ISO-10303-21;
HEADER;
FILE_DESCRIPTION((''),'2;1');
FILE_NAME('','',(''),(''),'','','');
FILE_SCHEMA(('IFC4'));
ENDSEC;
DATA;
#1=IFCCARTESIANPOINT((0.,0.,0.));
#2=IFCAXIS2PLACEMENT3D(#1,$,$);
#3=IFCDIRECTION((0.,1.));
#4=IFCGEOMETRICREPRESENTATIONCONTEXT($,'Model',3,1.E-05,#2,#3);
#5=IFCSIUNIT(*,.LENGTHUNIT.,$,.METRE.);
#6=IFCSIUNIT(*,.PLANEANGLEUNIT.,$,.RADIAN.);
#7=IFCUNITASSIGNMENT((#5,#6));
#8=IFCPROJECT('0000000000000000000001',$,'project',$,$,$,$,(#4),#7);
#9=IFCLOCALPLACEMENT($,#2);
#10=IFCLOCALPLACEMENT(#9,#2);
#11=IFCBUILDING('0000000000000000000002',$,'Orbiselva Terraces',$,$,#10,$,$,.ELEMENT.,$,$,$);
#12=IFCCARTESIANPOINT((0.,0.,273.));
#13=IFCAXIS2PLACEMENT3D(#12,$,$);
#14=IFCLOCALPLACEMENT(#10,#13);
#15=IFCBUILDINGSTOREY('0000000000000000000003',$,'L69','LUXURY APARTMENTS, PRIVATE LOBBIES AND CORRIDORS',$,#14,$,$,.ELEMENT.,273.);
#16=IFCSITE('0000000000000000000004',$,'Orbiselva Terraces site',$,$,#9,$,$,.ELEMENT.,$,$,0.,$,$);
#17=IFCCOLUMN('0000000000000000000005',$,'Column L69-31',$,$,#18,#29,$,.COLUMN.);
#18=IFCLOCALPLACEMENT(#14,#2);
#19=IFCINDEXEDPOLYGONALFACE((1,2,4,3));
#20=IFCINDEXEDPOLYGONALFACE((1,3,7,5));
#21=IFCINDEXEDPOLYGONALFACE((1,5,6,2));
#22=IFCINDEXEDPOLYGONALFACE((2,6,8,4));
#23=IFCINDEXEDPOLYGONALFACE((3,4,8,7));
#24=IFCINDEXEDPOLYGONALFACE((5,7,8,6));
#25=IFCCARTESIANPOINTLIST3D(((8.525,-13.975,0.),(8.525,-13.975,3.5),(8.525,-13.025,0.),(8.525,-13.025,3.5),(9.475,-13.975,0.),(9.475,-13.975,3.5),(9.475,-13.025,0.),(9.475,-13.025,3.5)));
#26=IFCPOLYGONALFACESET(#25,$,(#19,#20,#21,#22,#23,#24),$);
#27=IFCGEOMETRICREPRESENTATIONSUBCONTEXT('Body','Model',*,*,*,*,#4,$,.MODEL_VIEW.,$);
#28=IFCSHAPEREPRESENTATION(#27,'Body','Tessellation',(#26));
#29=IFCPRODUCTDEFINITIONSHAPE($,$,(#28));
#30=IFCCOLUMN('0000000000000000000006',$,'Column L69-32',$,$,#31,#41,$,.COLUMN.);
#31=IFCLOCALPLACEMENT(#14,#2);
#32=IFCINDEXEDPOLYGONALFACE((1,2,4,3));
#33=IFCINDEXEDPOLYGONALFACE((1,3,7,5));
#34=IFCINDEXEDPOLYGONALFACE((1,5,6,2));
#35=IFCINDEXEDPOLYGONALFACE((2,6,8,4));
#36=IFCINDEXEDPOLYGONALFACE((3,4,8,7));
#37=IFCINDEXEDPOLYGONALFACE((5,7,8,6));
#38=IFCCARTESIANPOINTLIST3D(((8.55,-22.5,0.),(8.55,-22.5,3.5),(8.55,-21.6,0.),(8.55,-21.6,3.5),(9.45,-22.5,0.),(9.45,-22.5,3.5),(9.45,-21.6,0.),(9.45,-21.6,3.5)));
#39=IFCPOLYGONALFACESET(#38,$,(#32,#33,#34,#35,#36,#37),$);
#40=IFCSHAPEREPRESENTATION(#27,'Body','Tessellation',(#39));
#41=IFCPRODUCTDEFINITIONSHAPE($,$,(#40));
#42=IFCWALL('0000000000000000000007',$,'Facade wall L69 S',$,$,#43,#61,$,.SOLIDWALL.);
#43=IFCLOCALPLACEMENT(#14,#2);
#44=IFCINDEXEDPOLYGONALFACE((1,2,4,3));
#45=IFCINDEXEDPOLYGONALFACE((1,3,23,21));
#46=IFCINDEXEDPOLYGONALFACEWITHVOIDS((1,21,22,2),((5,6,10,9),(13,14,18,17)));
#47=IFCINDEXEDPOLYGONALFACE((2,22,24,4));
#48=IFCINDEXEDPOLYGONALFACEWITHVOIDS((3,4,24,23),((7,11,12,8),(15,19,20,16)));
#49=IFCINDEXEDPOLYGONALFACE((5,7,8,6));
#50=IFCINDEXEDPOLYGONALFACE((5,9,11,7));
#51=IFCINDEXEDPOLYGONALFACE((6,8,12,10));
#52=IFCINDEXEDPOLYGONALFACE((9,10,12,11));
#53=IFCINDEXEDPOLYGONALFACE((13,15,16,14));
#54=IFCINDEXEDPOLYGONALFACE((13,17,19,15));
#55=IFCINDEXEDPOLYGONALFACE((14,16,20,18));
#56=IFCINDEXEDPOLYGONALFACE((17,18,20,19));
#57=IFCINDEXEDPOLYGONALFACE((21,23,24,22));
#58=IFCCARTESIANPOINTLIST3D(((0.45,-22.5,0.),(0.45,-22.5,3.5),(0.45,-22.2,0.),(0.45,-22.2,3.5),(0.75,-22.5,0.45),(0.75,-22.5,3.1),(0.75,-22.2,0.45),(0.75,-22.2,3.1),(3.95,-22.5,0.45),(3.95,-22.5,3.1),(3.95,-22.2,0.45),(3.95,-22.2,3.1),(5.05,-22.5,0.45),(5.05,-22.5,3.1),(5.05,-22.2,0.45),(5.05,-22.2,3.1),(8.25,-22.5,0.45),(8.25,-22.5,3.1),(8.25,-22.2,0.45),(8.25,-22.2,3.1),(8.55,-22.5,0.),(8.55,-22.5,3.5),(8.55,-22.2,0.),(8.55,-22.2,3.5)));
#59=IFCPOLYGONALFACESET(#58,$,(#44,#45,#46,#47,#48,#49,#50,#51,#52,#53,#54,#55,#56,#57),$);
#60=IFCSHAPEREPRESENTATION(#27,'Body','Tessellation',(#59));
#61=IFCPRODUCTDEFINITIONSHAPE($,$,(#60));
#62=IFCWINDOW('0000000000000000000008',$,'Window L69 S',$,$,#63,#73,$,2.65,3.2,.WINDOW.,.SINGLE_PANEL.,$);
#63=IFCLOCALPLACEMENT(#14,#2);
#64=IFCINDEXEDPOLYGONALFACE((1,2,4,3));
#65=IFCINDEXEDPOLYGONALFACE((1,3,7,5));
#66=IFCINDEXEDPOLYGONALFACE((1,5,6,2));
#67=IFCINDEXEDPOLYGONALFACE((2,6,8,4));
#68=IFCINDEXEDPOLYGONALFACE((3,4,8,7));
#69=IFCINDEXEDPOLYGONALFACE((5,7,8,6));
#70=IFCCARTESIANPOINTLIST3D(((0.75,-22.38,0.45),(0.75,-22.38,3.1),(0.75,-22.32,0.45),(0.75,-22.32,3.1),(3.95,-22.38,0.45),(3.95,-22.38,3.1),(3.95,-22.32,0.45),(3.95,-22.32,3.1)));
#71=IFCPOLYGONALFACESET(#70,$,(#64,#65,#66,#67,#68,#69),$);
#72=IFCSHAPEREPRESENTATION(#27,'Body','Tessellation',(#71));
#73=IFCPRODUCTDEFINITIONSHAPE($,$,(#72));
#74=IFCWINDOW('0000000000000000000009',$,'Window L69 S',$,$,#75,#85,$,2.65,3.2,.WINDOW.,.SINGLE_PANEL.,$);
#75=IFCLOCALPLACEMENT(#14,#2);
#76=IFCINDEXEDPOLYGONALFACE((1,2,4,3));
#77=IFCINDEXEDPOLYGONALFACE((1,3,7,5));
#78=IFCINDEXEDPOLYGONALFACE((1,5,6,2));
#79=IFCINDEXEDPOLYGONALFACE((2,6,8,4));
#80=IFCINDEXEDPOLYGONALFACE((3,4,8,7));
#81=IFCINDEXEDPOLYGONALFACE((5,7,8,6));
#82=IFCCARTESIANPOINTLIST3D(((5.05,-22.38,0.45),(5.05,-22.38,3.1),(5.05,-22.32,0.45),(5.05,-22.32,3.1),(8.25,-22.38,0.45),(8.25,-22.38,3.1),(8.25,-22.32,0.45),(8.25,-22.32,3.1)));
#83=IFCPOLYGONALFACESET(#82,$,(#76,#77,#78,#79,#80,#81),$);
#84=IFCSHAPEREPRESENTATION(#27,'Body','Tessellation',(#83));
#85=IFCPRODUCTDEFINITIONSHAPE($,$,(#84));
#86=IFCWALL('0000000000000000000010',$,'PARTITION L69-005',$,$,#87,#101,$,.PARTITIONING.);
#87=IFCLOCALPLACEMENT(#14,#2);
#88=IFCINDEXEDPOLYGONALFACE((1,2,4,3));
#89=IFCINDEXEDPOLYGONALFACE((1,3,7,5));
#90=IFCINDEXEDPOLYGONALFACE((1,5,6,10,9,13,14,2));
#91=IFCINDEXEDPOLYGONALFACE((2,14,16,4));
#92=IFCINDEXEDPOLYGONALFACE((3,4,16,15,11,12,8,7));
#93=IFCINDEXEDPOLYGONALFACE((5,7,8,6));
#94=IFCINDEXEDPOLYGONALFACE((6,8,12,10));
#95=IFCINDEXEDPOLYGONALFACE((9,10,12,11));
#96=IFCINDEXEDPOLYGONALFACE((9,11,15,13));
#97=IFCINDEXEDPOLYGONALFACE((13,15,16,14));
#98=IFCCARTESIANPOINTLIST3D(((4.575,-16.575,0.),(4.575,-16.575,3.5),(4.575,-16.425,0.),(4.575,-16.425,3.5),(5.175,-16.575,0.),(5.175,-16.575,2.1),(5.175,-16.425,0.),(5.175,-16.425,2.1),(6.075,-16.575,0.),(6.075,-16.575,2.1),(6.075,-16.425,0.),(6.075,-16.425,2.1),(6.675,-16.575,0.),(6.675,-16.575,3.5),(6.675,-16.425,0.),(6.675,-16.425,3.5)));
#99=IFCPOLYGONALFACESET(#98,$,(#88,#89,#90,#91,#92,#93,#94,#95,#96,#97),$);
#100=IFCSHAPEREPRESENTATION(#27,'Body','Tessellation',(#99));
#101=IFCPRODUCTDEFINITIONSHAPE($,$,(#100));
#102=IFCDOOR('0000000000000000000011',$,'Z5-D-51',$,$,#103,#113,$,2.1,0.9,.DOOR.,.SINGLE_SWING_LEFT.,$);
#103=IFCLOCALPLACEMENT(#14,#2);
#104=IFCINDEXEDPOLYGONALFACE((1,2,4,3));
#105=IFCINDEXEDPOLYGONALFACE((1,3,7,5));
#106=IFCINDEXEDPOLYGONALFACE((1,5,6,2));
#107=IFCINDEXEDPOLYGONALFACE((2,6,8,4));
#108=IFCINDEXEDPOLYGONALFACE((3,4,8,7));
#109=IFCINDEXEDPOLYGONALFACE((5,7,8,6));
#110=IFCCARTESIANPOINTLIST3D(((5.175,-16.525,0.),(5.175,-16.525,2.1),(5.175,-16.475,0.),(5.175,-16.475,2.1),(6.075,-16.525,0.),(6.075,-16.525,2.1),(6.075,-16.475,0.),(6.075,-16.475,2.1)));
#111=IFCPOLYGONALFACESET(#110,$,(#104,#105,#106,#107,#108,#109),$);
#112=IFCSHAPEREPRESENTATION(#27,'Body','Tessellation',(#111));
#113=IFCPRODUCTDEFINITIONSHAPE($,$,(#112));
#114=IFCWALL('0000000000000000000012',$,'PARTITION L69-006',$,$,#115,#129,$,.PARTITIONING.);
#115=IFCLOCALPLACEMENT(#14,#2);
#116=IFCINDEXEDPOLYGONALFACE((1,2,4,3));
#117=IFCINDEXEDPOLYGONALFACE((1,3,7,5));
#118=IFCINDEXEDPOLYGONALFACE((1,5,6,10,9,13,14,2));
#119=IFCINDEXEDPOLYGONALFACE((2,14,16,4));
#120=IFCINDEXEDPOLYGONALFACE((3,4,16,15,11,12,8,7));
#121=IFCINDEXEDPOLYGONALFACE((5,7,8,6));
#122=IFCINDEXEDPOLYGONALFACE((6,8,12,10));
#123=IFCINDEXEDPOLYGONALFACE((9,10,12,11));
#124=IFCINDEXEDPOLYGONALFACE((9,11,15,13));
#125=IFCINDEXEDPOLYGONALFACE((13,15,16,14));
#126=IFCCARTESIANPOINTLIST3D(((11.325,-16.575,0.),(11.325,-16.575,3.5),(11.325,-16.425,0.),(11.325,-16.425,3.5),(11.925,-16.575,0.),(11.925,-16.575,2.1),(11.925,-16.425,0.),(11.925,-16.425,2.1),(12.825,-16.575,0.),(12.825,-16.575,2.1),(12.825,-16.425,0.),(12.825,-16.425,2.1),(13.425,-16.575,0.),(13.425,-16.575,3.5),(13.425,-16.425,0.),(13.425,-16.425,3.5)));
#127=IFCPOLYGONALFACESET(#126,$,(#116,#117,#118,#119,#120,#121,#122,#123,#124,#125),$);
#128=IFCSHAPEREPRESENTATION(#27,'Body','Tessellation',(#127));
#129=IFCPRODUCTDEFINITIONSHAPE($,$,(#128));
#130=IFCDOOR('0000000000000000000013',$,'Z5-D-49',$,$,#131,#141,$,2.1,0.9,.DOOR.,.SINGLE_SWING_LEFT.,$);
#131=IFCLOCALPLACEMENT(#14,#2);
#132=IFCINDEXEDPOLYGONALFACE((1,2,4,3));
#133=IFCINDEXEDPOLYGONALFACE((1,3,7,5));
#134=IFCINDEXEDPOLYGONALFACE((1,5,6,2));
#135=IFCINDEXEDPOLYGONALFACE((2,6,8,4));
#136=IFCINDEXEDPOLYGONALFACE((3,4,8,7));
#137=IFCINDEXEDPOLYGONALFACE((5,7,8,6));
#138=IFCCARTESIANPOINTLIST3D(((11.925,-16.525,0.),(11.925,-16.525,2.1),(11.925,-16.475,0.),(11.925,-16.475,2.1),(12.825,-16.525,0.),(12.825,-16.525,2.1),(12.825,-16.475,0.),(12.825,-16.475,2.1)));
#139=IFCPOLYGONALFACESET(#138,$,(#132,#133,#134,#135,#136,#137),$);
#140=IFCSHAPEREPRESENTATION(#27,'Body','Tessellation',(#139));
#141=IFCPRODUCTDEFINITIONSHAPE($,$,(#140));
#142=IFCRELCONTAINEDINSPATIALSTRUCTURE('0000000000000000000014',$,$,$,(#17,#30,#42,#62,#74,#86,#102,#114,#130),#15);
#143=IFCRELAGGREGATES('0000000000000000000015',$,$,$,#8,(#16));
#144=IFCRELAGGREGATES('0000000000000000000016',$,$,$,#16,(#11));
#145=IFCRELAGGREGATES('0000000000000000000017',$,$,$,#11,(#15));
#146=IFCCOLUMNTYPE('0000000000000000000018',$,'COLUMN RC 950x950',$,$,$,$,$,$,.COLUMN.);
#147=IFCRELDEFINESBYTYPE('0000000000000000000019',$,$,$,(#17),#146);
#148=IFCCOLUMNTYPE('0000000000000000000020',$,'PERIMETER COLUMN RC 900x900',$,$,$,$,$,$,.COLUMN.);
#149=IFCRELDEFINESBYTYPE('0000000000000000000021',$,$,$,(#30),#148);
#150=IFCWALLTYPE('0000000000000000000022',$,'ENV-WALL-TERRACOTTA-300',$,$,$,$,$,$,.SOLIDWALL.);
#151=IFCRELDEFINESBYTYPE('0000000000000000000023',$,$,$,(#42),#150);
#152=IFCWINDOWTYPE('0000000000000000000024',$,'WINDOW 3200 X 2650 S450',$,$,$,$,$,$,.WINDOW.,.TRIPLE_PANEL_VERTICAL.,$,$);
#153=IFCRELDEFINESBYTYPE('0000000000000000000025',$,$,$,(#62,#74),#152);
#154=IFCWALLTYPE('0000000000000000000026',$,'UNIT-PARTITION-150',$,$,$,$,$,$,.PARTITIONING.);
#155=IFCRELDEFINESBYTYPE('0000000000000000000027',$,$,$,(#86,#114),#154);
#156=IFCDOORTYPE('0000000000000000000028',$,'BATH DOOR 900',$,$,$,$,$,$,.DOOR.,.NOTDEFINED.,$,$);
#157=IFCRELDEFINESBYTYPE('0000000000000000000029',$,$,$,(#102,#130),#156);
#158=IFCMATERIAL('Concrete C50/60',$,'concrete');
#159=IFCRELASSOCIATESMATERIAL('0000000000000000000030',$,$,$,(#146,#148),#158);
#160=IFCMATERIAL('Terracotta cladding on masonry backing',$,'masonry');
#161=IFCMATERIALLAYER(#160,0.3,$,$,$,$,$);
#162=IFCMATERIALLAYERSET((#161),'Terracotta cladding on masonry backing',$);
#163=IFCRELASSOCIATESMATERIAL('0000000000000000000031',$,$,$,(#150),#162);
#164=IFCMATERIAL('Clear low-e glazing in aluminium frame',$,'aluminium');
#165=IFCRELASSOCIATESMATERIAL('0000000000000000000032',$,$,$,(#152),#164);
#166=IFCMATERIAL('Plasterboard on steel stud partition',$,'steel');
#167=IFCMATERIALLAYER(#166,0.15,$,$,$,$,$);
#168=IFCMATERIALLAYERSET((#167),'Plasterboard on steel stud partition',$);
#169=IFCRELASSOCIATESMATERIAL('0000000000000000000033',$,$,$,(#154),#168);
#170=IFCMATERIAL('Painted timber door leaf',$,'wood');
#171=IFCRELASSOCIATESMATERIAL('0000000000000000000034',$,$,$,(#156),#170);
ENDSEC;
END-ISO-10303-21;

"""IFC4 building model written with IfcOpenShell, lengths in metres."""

from ifc_helpers import new_model, si_unit, direction, frame, frame_2d, origin, origin_2d, place, context, subcontext, project, spatial, rectangle, extrude, material, layer, layer_set, material_profile, profile_set, type_object, element, fill, save


model = new_model("IFC4")

# Units and contexts
model_context = context("Model", 3, precision=1e-05, world=origin(), true_north=direction((0.0, 1.0)))
body_context = subcontext(model_context, "Body", "Model", "MODEL_VIEW")
ifc_project = project(units=[si_unit("LENGTHUNIT", "METRE"), si_unit("PLANEANGLEUNIT", "RADIAN")], contexts=[model_context])

# Site, building, storey
site_placement = place(None, origin())
site = spatial("IfcSite", under=ifc_project, at=site_placement, Name="Orbiselva Terraces site", CompositionType="ELEMENT", RefElevation=0.0)
building_placement = place(site_placement, origin())
building = spatial("IfcBuilding", under=site, at=building_placement, Name="Orbiselva Terraces", CompositionType="ELEMENT")
storey_placement = place(building_placement, frame((0.0, 0.0, 273.0)))
storey = spatial("IfcBuildingStorey", under=building, at=storey_placement, Name="L69", Description="LUXURY APARTMENTS, PRIVATE LOBBIES AND CORRIDORS", CompositionType="ELEMENT", Elevation=273.0)

# Columns
ifc_material_1 = material(Name="Concrete C50/60", Category="concrete")
ifc_material_profile_1 = material_profile(ifc_material_1, rectangle(XDim=0.95, YDim=0.95, at=origin_2d()), Name="RC 950x950")
ifc_profile_set_1 = profile_set([ifc_material_profile_1], Name="Concrete C50/60")
column_type_1 = type_object("IfcColumnType", Name="COLUMN RC 950x950", PredefinedType="COLUMN", material=ifc_profile_set_1)
column_1_placement = place(storey_placement, frame((9.0, -13.5, 0.0), z_axis=(0.0, 0.0, 1.0), x_axis=(1.0, 0.0, 0.0)))
element("IfcColumn", 1, at=column_1_placement, inside=storey, type_object=column_type_1, Name="Column L69-31", PredefinedType="COLUMN", context=body_context, shape_type="SweptSolid", body=[
    extrude(rectangle(XDim=0.95, YDim=0.95, at=origin_2d()), origin(), (0.0, 0.0, 1.0), 3.5),
])
ifc_material_profile_2 = material_profile(ifc_material_1, rectangle(XDim=0.9, YDim=0.9, at=origin_2d()), Name="RC 900x900")
ifc_profile_set_2 = profile_set([ifc_material_profile_2], Name="Concrete C50/60")
column_type_2 = type_object("IfcColumnType", Name="PERIMETER COLUMN RC 900x900", PredefinedType="COLUMN", material=ifc_profile_set_2)
column_2_placement = place(storey_placement, frame((9.0, -22.05, 0.0), z_axis=(0.0, 0.0, 1.0), x_axis=(1.0, 0.0, 0.0)))
element("IfcColumn", 2, at=column_2_placement, inside=storey, type_object=column_type_2, Name="Column L69-32", PredefinedType="COLUMN", context=body_context, shape_type="SweptSolid", body=[
    extrude(rectangle(XDim=0.9, YDim=0.9, at=origin_2d()), origin(), (0.0, 0.0, 1.0), 3.5),
])

# Wall, openings, windows
ifc_material_2 = material(Name="Terracotta cladding on masonry backing", Category="masonry")
ifc_layer_1 = layer(ifc_material_2, 0.3)
ifc_layer_set_1 = layer_set([ifc_layer_1], Name="Terracotta cladding on masonry backing")
wall_type_1 = type_object("IfcWallType", Name="ENV-WALL-TERRACOTTA-300", PredefinedType="SOLIDWALL", material=ifc_layer_set_1)
wall_1_placement = place(storey_placement, frame((8.55, -22.35, 0.0), z_axis=(0.0, 0.0, 1.0), x_axis=(-1.0, 0.0, 0.0)))
wall_1 = element("IfcWall", 3, at=wall_1_placement, inside=storey, type_object=wall_type_1, Name="Facade wall L69 S", PredefinedType="SOLIDWALL", context=body_context, shape_type="SweptSolid", body=[
    extrude(rectangle(XDim=8.1, YDim=0.3, at=frame_2d((4.05, 0.0))), origin(), (0.0, 0.0, 1.0), 3.5),
])
opening_1_placement = place(wall_1_placement, frame((4.6, 0.0, 0.45)))
opening_1 = element("IfcOpeningElement", 4, at=opening_1_placement, cuts=wall_1, PredefinedType="OPENING", context=body_context, shape_type="SweptSolid", body=[
    extrude(rectangle(XDim=3.2, YDim=2.65, at=frame_2d((1.6, 1.325))), frame((0.0, 0.16, 0.0), z_axis=(0.0, -1.0, 0.0), x_axis=(1.0, 0.0, 0.0)), (0.0, 0.0, 1.0), 0.32),
])
opening_2_placement = place(wall_1_placement, frame((0.3, 0.0, 0.45)))
opening_2 = element("IfcOpeningElement", 5, at=opening_2_placement, cuts=wall_1, PredefinedType="OPENING", context=body_context, shape_type="SweptSolid", body=[
    extrude(rectangle(XDim=3.2, YDim=2.65, at=frame_2d((1.6, 1.325))), frame((0.0, 0.16, 0.0), z_axis=(0.0, -1.0, 0.0), x_axis=(1.0, 0.0, 0.0)), (0.0, 0.0, 1.0), 0.32),
])
ifc_material_3 = material(Name="Clear low-e glazing in aluminium frame", Category="aluminium")
window_type = type_object("IfcWindowType", Name="WINDOW 3200 X 2650 S450", PartitioningType="TRIPLE_PANEL_VERTICAL", PredefinedType="WINDOW", material=ifc_material_3)
window_1_placement = place(opening_1_placement, origin())
window_1 = element("IfcWindow", 6, at=window_1_placement, inside=storey, type_object=window_type, Name="Window L69 S", OverallHeight=2.65, OverallWidth=3.2, PartitioningType="SINGLE_PANEL", PredefinedType="WINDOW", context=body_context, shape_type="SweptSolid", body=[
    extrude(rectangle(XDim=3.2, YDim=2.65, at=frame_2d((1.6, 1.325))), frame((0.0, 0.03, 0.0), z_axis=(0.0, -1.0, 0.0), x_axis=(1.0, 0.0, 0.0)), (0.0, 0.0, 1.0), 0.06),
])
fill(opening_1, window_1)
window_2_placement = place(opening_2_placement, origin())
window_2 = element("IfcWindow", 7, at=window_2_placement, inside=storey, type_object=window_type, Name="Window L69 S", OverallHeight=2.65, OverallWidth=3.2, PartitioningType="SINGLE_PANEL", PredefinedType="WINDOW", context=body_context, shape_type="SweptSolid", body=[
    extrude(rectangle(XDim=3.2, YDim=2.65, at=frame_2d((1.6, 1.325))), frame((0.0, 0.03, 0.0), z_axis=(0.0, -1.0, 0.0), x_axis=(1.0, 0.0, 0.0)), (0.0, 0.0, 1.0), 0.06),
])
fill(opening_2, window_2)

# Walls, openings, doors
ifc_material_4 = material(Name="Plasterboard on steel stud partition", Category="steel")
ifc_layer_2 = layer(ifc_material_4, 0.15)
ifc_layer_set_2 = layer_set([ifc_layer_2], Name="Plasterboard on steel stud partition")
wall_type_2 = type_object("IfcWallType", Name="UNIT-PARTITION-150", PredefinedType="PARTITIONING", material=ifc_layer_set_2)
wall_2_placement = place(storey_placement, frame((4.575, -16.5, 0.0), z_axis=(0.0, 0.0, 1.0), x_axis=(1.0, 0.0, 0.0)))
wall_2 = element("IfcWall", 8, at=wall_2_placement, inside=storey, type_object=wall_type_2, Name="PARTITION L69-005", PredefinedType="PARTITIONING", context=body_context, shape_type="SweptSolid", body=[
    extrude(rectangle(XDim=2.1, YDim=0.15, at=frame_2d((1.05, 0.0))), origin(), (0.0, 0.0, 1.0), 3.5),
])
opening_3_placement = place(wall_2_placement, frame((0.6, 0.0, 0.0)))
opening_3 = element("IfcOpeningElement", 9, at=opening_3_placement, cuts=wall_2, PredefinedType="OPENING", context=body_context, shape_type="SweptSolid", body=[
    extrude(rectangle(XDim=0.9, YDim=2.1, at=frame_2d((0.45, 1.05))), frame((0.0, 0.085, 0.0), z_axis=(0.0, -1.0, 0.0), x_axis=(1.0, 0.0, 0.0)), (0.0, 0.0, 1.0), 0.17),
])
ifc_material_5 = material(Name="Painted timber door leaf", Category="wood")
door_type_1 = type_object("IfcDoorType", Name="BATH DOOR 900", OperationType="NOTDEFINED", PredefinedType="DOOR", material=ifc_material_5)
door_1_placement = place(opening_3_placement, origin())
door_1 = element("IfcDoor", 10, at=door_1_placement, inside=storey, type_object=door_type_1, Name="Z5-D-51", OperationType="SINGLE_SWING_LEFT", OverallHeight=2.1, OverallWidth=0.9, PredefinedType="DOOR", context=body_context, shape_type="SweptSolid", body=[
    extrude(rectangle(XDim=0.9, YDim=2.1, at=frame_2d((0.45, 1.05))), frame((0.0, 0.025, 0.0), z_axis=(0.0, -1.0, 0.0), x_axis=(1.0, 0.0, 0.0)), (0.0, 0.0, 1.0), 0.05),
])
fill(opening_3, door_1)
wall_3_placement = place(storey_placement, frame((11.325, -16.5, 0.0), z_axis=(0.0, 0.0, 1.0), x_axis=(1.0, 0.0, 0.0)))
wall_3 = element("IfcWall", 11, at=wall_3_placement, inside=storey, type_object=wall_type_2, Name="PARTITION L69-006", PredefinedType="PARTITIONING", context=body_context, shape_type="SweptSolid", body=[
    extrude(rectangle(XDim=2.1, YDim=0.15, at=frame_2d((1.05, 0.0))), origin(), (0.0, 0.0, 1.0), 3.5),
])
opening_4_placement = place(wall_3_placement, frame((0.6, 0.0, 0.0)))
opening_4 = element("IfcOpeningElement", 12, at=opening_4_placement, cuts=wall_3, PredefinedType="OPENING", context=body_context, shape_type="SweptSolid", body=[
    extrude(rectangle(XDim=0.9, YDim=2.1, at=frame_2d((0.45, 1.05))), frame((0.0, 0.085, 0.0), z_axis=(0.0, -1.0, 0.0), x_axis=(1.0, 0.0, 0.0)), (0.0, 0.0, 1.0), 0.17),
])
door_2_placement = place(opening_4_placement, origin())
door_2 = element("IfcDoor", 13, at=door_2_placement, inside=storey, type_object=door_type_1, Name="Z5-D-49", OperationType="SINGLE_SWING_LEFT", OverallHeight=2.1, OverallWidth=0.9, PredefinedType="DOOR", context=body_context, shape_type="SweptSolid", body=[
    extrude(rectangle(XDim=0.9, YDim=2.1, at=frame_2d((0.45, 1.05))), frame((0.0, 0.025, 0.0), z_axis=(0.0, -1.0, 0.0), x_axis=(1.0, 0.0, 0.0)), (0.0, 0.0, 1.0), 0.05),
])
fill(opening_4, door_2)

save(model, "model.ifc")
